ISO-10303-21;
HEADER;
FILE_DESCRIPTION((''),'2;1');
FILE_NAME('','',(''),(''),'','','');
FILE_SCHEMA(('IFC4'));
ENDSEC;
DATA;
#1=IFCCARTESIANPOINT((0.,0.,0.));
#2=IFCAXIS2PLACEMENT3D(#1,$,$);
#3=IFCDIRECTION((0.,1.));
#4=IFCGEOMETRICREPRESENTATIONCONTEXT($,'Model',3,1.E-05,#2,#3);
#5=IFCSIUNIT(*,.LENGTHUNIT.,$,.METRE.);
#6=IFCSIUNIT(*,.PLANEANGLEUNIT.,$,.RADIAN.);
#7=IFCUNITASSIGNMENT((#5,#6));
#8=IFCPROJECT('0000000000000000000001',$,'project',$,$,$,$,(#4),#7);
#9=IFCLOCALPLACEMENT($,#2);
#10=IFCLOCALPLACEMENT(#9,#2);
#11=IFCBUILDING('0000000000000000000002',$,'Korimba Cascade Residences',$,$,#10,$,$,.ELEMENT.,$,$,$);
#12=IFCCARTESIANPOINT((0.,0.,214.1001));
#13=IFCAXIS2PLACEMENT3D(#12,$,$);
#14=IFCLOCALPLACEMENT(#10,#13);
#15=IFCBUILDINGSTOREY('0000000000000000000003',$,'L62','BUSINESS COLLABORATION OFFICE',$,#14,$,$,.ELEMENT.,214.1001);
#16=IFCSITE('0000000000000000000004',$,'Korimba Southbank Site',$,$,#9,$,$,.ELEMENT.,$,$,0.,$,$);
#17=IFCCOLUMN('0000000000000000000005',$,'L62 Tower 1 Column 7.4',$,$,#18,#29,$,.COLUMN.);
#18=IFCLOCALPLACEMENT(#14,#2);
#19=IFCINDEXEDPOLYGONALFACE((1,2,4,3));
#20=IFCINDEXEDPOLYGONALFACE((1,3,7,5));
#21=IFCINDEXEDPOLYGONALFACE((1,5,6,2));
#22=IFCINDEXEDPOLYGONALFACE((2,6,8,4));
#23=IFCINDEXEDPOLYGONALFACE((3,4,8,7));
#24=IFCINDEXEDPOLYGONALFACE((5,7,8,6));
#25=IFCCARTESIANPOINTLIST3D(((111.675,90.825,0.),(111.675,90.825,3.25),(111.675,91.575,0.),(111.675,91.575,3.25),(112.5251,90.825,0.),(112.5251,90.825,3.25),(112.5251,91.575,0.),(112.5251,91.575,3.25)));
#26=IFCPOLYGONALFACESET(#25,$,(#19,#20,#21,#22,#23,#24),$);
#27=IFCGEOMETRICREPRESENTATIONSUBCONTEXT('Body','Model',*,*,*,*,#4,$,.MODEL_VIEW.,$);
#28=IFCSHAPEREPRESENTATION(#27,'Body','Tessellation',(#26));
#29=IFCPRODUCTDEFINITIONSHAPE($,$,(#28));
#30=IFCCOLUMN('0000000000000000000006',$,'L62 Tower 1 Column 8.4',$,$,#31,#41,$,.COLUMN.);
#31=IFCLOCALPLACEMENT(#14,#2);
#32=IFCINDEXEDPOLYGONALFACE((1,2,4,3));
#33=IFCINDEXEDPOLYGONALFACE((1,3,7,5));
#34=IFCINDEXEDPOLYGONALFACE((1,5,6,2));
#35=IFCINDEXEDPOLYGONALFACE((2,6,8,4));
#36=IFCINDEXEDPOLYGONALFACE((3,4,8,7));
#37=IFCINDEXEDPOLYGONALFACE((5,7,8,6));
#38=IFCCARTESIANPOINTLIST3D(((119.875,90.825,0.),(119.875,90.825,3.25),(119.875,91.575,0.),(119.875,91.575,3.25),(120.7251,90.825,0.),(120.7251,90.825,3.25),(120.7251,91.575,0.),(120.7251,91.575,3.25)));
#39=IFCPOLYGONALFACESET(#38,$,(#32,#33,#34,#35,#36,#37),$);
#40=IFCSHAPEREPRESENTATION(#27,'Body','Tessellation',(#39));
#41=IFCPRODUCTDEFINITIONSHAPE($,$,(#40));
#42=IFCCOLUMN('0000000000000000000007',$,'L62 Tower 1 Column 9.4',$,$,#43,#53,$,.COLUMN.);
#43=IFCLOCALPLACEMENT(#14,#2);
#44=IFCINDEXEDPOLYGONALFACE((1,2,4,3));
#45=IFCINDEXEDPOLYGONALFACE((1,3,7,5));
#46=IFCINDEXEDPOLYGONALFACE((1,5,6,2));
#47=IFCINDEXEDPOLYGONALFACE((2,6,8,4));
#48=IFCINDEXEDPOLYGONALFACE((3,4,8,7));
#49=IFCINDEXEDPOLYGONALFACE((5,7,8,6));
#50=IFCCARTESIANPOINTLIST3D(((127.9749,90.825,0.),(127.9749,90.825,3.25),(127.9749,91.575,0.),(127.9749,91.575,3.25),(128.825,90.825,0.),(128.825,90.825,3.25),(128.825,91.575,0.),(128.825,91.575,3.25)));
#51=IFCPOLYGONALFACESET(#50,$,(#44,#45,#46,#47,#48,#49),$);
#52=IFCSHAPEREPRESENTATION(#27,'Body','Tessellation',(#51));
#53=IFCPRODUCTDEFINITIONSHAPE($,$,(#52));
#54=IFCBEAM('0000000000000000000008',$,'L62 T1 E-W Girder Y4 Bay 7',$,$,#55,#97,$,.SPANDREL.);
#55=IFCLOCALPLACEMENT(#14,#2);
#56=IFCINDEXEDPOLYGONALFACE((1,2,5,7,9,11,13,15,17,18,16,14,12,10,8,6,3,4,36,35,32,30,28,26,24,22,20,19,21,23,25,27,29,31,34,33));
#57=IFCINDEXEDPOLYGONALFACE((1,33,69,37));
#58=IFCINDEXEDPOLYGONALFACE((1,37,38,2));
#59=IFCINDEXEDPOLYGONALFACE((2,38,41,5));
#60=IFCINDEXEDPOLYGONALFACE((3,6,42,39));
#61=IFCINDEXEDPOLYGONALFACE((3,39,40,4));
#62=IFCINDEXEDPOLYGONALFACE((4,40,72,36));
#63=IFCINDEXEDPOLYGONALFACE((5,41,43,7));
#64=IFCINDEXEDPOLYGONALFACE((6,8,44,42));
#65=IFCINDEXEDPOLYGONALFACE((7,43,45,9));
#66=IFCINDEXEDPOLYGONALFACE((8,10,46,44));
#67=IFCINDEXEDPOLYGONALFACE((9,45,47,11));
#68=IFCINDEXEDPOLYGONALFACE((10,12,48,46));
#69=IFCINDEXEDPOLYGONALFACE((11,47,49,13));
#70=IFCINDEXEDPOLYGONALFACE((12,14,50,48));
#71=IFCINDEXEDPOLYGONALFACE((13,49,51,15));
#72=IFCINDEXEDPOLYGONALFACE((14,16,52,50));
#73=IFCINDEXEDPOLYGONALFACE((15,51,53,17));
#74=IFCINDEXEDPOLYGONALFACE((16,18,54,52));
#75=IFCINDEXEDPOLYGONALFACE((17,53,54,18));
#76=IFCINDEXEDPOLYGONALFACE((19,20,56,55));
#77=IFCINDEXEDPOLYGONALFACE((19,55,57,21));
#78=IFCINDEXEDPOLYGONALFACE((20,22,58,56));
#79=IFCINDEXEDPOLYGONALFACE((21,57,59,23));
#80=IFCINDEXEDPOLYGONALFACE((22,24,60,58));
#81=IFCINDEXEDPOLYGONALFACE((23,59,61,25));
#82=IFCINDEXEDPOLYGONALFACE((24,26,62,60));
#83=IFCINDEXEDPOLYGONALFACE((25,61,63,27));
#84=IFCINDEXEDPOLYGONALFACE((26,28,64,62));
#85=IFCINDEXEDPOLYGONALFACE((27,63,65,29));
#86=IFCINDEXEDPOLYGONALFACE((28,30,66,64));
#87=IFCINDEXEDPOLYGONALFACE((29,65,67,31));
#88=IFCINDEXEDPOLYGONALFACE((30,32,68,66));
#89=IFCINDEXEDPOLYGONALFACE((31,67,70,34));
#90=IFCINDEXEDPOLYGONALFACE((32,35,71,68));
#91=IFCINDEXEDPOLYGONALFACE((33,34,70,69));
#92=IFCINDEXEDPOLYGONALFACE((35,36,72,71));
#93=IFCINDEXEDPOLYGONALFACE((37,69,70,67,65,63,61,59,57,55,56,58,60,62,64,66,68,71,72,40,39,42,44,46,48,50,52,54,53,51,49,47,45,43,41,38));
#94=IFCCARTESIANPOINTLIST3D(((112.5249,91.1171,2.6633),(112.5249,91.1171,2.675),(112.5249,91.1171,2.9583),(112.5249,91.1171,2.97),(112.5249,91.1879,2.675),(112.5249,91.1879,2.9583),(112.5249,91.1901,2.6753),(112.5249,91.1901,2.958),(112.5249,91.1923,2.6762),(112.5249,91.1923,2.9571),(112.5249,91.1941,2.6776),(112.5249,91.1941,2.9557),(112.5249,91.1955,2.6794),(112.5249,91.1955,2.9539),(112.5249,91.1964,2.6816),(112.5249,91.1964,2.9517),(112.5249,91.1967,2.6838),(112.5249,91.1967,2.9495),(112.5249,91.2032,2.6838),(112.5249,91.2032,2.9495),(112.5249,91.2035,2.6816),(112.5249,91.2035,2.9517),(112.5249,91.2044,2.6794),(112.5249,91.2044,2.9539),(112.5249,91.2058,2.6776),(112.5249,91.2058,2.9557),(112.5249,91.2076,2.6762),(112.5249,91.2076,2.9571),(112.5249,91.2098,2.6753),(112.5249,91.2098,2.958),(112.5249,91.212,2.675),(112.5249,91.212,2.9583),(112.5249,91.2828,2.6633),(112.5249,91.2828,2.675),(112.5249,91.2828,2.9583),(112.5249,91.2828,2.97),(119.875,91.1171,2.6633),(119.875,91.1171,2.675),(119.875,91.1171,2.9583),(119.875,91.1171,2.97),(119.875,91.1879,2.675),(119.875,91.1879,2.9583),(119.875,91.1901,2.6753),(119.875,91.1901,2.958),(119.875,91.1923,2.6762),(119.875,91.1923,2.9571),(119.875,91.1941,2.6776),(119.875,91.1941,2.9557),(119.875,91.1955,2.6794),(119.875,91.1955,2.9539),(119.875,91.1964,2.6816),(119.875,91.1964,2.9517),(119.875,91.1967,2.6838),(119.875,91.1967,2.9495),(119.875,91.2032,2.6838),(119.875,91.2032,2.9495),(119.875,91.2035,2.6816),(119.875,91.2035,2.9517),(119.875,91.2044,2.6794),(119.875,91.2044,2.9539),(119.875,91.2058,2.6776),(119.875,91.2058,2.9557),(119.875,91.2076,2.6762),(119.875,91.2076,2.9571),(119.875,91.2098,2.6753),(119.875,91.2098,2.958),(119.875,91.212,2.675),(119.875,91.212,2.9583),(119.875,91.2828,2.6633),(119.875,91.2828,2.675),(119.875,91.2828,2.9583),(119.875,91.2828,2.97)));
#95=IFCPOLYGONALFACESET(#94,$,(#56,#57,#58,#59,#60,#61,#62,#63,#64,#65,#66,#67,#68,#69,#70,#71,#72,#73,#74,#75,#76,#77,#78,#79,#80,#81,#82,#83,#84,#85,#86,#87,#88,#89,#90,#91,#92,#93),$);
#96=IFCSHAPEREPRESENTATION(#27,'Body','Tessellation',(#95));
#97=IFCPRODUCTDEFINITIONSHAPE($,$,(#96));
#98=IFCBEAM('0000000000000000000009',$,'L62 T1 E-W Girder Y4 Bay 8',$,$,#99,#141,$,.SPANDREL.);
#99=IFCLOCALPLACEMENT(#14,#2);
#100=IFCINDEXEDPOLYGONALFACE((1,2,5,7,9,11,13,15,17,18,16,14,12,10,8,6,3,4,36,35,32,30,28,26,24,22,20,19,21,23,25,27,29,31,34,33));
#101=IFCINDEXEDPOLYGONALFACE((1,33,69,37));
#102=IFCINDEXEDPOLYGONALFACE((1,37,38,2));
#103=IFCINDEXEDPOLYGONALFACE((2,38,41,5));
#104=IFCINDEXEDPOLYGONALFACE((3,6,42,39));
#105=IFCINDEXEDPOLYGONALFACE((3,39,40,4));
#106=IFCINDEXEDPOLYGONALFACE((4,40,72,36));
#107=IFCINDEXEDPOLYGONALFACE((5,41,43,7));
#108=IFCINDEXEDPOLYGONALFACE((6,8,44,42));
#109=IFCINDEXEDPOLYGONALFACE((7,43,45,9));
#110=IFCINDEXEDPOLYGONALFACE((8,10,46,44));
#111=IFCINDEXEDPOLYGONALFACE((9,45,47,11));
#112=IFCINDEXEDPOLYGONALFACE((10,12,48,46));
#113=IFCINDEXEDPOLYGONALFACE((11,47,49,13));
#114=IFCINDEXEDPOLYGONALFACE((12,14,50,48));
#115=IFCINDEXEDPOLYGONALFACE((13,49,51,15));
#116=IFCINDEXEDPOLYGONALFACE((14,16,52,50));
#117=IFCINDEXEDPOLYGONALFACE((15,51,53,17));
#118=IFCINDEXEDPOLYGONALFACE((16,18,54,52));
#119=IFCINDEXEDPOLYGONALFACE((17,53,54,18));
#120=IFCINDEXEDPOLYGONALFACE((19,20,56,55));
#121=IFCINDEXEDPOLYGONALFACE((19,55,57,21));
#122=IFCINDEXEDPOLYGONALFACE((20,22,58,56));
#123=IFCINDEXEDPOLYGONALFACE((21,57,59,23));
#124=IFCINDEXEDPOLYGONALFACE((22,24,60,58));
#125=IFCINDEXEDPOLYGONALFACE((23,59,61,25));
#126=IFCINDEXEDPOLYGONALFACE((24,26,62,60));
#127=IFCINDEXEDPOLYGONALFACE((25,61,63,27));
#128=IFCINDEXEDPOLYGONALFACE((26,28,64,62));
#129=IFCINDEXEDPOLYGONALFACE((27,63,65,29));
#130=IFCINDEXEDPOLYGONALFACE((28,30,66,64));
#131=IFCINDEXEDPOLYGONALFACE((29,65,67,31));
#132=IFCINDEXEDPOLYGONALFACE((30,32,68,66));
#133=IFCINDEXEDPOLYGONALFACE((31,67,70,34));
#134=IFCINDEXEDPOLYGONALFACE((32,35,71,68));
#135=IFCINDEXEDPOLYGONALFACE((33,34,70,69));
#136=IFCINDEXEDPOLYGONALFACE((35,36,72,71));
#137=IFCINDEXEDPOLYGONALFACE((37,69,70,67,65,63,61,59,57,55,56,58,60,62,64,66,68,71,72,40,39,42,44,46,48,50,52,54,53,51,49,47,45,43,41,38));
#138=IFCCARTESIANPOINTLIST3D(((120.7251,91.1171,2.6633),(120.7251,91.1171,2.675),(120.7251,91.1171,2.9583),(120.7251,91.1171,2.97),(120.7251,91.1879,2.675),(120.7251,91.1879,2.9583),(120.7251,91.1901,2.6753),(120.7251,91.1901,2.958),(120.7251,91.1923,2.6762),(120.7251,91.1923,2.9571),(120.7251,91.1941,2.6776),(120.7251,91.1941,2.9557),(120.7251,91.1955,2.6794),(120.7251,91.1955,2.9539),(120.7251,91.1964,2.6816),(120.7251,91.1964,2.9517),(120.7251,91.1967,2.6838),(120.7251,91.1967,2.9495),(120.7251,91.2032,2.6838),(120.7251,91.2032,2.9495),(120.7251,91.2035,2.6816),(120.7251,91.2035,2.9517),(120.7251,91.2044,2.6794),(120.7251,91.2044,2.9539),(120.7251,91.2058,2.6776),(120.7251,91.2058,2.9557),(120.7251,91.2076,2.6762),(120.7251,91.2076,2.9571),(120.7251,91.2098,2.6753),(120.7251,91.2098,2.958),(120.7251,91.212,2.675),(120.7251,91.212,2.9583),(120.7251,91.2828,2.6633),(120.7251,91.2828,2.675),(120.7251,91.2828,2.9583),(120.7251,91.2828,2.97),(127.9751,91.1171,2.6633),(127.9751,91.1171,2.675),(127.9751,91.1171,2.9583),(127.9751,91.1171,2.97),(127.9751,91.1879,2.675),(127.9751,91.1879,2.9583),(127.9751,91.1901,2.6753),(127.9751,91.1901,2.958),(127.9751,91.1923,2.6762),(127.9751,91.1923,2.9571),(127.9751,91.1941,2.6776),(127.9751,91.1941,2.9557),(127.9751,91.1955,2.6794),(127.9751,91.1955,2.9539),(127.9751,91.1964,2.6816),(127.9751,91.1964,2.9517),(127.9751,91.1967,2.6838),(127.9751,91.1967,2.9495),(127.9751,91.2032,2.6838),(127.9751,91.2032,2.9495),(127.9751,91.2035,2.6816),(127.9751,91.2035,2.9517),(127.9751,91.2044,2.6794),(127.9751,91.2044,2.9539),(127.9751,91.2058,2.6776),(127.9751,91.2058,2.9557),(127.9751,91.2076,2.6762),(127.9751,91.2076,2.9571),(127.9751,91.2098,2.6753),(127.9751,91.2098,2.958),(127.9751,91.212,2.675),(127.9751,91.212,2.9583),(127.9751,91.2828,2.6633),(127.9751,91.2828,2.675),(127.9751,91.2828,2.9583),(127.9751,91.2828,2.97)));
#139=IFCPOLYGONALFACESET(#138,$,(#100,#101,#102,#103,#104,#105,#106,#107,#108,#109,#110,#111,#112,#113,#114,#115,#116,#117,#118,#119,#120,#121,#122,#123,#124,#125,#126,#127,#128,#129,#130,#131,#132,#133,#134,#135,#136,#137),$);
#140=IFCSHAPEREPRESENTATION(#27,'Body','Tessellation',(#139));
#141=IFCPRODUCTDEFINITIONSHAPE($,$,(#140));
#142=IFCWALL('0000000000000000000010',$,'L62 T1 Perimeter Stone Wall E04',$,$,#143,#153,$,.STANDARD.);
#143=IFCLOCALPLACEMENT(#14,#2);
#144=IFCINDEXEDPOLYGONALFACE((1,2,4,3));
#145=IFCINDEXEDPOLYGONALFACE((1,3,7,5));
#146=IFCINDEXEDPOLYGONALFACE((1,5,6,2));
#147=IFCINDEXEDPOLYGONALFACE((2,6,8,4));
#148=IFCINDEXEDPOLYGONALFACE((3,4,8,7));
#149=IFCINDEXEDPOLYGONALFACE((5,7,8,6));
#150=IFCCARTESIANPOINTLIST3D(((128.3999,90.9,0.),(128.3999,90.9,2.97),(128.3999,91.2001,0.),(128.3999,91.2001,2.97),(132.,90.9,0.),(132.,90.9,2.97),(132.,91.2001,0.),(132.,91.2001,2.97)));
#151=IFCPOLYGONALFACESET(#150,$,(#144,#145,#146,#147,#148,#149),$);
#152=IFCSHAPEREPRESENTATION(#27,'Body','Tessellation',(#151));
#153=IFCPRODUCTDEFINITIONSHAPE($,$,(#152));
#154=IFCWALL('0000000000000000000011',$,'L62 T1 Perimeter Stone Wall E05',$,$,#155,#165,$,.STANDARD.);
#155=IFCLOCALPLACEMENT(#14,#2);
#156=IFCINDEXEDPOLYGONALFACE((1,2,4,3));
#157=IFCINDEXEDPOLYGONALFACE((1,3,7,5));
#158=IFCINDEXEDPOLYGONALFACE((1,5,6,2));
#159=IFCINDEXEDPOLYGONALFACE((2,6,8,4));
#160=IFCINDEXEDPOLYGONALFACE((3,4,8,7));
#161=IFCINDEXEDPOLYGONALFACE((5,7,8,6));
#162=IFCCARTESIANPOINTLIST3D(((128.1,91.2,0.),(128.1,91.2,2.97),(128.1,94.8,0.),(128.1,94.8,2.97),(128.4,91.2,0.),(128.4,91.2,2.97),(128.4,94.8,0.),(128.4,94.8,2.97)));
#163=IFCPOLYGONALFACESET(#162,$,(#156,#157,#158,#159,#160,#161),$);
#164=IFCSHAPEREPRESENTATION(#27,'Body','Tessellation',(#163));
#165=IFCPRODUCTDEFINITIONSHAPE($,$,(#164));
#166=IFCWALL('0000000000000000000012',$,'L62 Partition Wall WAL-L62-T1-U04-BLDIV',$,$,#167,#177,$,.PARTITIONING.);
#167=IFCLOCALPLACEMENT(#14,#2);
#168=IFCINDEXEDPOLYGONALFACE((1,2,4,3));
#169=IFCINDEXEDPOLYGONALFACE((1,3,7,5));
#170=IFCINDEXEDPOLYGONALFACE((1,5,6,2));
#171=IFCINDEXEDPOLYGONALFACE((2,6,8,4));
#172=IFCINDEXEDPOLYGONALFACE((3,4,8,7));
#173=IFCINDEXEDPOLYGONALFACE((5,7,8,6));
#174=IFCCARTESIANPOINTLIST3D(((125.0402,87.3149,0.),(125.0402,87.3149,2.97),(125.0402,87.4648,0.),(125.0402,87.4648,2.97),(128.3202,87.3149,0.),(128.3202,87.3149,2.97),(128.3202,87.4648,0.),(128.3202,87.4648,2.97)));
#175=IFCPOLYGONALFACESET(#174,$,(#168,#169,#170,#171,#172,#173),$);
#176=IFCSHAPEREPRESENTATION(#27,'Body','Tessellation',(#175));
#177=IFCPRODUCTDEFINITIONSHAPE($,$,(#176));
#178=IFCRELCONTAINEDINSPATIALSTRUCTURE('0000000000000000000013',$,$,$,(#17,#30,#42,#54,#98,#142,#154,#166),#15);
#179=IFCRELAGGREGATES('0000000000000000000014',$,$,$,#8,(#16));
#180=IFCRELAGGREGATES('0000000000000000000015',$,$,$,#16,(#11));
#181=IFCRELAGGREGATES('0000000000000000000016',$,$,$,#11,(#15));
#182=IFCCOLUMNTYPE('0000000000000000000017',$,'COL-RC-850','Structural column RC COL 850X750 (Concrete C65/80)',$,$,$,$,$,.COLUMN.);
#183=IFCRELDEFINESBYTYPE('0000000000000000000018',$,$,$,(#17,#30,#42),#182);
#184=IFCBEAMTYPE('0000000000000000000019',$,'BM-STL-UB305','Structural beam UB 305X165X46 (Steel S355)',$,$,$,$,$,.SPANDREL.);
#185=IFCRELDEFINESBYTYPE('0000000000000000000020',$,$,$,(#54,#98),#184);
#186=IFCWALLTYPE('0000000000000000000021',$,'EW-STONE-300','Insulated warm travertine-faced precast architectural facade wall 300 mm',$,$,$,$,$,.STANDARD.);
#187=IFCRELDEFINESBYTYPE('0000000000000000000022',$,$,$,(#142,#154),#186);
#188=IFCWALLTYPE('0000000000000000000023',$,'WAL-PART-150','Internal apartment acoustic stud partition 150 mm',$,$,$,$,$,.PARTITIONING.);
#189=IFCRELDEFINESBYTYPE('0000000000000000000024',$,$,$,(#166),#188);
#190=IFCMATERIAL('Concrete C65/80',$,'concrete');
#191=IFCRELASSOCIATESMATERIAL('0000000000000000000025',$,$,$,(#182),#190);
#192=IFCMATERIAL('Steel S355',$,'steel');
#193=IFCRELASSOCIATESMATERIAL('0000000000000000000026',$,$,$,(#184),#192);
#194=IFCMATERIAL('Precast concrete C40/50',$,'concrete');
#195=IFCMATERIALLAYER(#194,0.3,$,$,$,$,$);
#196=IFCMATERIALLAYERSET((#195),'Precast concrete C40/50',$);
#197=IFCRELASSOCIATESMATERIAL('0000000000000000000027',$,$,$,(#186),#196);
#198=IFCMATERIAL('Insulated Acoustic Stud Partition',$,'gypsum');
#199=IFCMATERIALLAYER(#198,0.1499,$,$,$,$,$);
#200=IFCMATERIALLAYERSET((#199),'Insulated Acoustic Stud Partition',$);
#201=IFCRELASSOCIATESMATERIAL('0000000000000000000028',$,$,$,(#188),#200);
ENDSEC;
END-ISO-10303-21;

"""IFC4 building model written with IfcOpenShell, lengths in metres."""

from ifc_helpers import new_model, si_unit, direction, frame, frame_2d, origin, origin_2d, place, context, subcontext, project, spatial, rectangle, i_section, extrude, material, layer, layer_set, material_profile, profile_set, type_object, element, save


model = new_model("IFC4")

# Units and contexts
model_context = context("Model", 3, precision=1e-05, world=origin(), true_north=direction((0.0, 1.0)))
body_context = subcontext(model_context, "Body", "Model", "MODEL_VIEW")
ifc_project = project(units=[si_unit("LENGTHUNIT", "METRE"), si_unit("PLANEANGLEUNIT", "RADIAN")], contexts=[model_context])

# Site, building, storey
site_placement = place(None, origin())
site = spatial("IfcSite", under=ifc_project, at=site_placement, Name="Korimba Southbank Site", CompositionType="ELEMENT", RefElevation=0.0)
building_placement = place(site_placement, origin())
building = spatial("IfcBuilding", under=site, at=building_placement, Name="Korimba Cascade Residences", CompositionType="ELEMENT")
storey_placement = place(building_placement, frame((0.0, 0.0, 214.1001)))
storey = spatial("IfcBuildingStorey", under=building, at=storey_placement, Name="L62", Description="BUSINESS COLLABORATION OFFICE", CompositionType="ELEMENT", Elevation=214.1001)

# Columns
ifc_material_1 = material(Name="Concrete C65/80", Category="concrete")
ifc_material_profile_1 = material_profile(ifc_material_1, rectangle(XDim=0.8501, YDim=0.75, at=origin_2d()), Name="Concrete C65/80")
ifc_profile_set_1 = profile_set([ifc_material_profile_1], Name="Concrete C65/80")
column_type = type_object("IfcColumnType", Name="COL-RC-850", Description="Structural column RC COL 850X750 (Concrete C65/80)", PredefinedType="COLUMN", material=ifc_profile_set_1)
for number, where, z_axis, x_axis, name in (
    (1, (112.1001, 91.2, 0.0), (0.0, 0.0, 1.0), (1.0, 0.0, 0.0), "L62 Tower 1 Column 7.4"),
    (2, (120.3, 91.2, 0.0), (0.0, 0.0, 1.0), (1.0, 0.0, 0.0), "L62 Tower 1 Column 8.4"),
    (3, (128.3999, 91.2, 0.0), (0.0, 0.0, 1.0), (1.0, 0.0, 0.0), "L62 Tower 1 Column 9.4"),
):
    element("IfcColumn", number, at=place(storey_placement, frame(where, z_axis=z_axis, x_axis=x_axis)), inside=storey, type_object=column_type, Name=name, PredefinedType="COLUMN", context=body_context, shape_type="SweptSolid", body=[
        extrude(rectangle(XDim=0.8501, YDim=0.75, at=origin_2d()), origin(), (0.0, 0.0, 1.0), 3.25),
    ])

# Beams
ifc_material_2 = material(Name="Steel S355", Category="steel")
ifc_material_profile_2 = material_profile(ifc_material_2, i_section(OverallWidth=0.1658, OverallDepth=0.3066, WebThickness=0.0066, FlangeThickness=0.0117, FilletRadius=0.0088, at=origin_2d()), Name="Steel S355")
ifc_profile_set_2 = profile_set([ifc_material_profile_2], Name="Steel S355")
beam_type = type_object("IfcBeamType", Name="BM-STL-UB305", Description="Structural beam UB 305X165X46 (Steel S355)", PredefinedType="SPANDREL", material=ifc_profile_set_2)
beam_1_placement = place(storey_placement, frame((112.5249, 91.2, 2.8167), z_axis=(1.0, 0.0, 0.0), x_axis=(0.0, 1.0, 0.0)))
element("IfcBeam", 4, at=beam_1_placement, inside=storey, type_object=beam_type, Name="L62 T1 E-W Girder Y4 Bay 7", PredefinedType="SPANDREL", context=body_context, shape_type="SweptSolid", body=[
    extrude(i_section(OverallWidth=0.1658, OverallDepth=0.3066, WebThickness=0.0066, FlangeThickness=0.0117, FilletRadius=0.0088, at=origin_2d()), origin(), (0.0, 0.0, 1.0), 7.3501),
])
beam_2_placement = place(storey_placement, frame((120.7251, 91.2, 2.8167), z_axis=(1.0, 0.0, 0.0), x_axis=(0.0, 1.0, 0.0)))
element("IfcBeam", 5, at=beam_2_placement, inside=storey, type_object=beam_type, Name="L62 T1 E-W Girder Y4 Bay 8", PredefinedType="SPANDREL", context=body_context, shape_type="SweptSolid", body=[
    extrude(i_section(OverallWidth=0.1658, OverallDepth=0.3066, WebThickness=0.0066, FlangeThickness=0.0117, FilletRadius=0.0088, at=origin_2d()), origin(), (0.0, 0.0, 1.0), 7.25),
])

# Shared definitions
ifc_material_3 = material(Name="Precast concrete C40/50", Category="concrete")

# Walls
ifc_layer_1 = layer(ifc_material_3, 0.3)
ifc_layer_set_1 = layer_set([ifc_layer_1], Name="Precast concrete C40/50")
wall_type_1 = type_object("IfcWallType", Name="EW-STONE-300", Description="Insulated warm travertine-faced precast architectural facade wall 300 mm", PredefinedType="STANDARD", material=ifc_layer_set_1)
for number, where, z_axis, x_axis, name in (
    (6, (132.0, 91.05, 0.0), (0.0, 0.0, 1.0), (-1.0, 0.0, 0.0), "L62 T1 Perimeter Stone Wall E04"),
    (7, (128.25, 91.2, 0.0), (0.0, 0.0, 1.0), (0.0, 1.0, 0.0), "L62 T1 Perimeter Stone Wall E05"),
):
    element("IfcWall", number, at=place(storey_placement, frame(where, z_axis=z_axis, x_axis=x_axis)), inside=storey, type_object=wall_type_1, Name=name, PredefinedType="STANDARD", context=body_context, shape_type="SweptSolid", body=[
        extrude(rectangle(XDim=3.6001, YDim=0.3, at=frame_2d((1.8, 0.0))), origin(), (0.0, 0.0, 1.0), 2.97),
    ])
ifc_material_4 = material(Name="Insulated Acoustic Stud Partition", Category="gypsum")
ifc_layer_2 = layer(ifc_material_4, 0.1499)
ifc_layer_set_2 = layer_set([ifc_layer_2], Name="Insulated Acoustic Stud Partition")
wall_type_2 = type_object("IfcWallType", Name="WAL-PART-150", Description="Internal apartment acoustic stud partition 150 mm", PredefinedType="PARTITIONING", material=ifc_layer_set_2)
wall_1_placement = place(storey_placement, frame((125.04, 87.3899, 0.0), z_axis=(0.0, 0.0, 1.0), x_axis=(1.0, 0.0, 0.0)))
element("IfcWall", 8, at=wall_1_placement, inside=storey, type_object=wall_type_2, Name="L62 Partition Wall WAL-L62-T1-U04-BLDIV", PredefinedType="PARTITIONING", context=body_context, shape_type="SweptSolid", body=[
    extrude(rectangle(XDim=3.28, YDim=0.1499, at=frame_2d((1.6401, 0.0))), origin(), (0.0, 0.0, 1.0), 2.97),
])

save(model, "model.ifc")
